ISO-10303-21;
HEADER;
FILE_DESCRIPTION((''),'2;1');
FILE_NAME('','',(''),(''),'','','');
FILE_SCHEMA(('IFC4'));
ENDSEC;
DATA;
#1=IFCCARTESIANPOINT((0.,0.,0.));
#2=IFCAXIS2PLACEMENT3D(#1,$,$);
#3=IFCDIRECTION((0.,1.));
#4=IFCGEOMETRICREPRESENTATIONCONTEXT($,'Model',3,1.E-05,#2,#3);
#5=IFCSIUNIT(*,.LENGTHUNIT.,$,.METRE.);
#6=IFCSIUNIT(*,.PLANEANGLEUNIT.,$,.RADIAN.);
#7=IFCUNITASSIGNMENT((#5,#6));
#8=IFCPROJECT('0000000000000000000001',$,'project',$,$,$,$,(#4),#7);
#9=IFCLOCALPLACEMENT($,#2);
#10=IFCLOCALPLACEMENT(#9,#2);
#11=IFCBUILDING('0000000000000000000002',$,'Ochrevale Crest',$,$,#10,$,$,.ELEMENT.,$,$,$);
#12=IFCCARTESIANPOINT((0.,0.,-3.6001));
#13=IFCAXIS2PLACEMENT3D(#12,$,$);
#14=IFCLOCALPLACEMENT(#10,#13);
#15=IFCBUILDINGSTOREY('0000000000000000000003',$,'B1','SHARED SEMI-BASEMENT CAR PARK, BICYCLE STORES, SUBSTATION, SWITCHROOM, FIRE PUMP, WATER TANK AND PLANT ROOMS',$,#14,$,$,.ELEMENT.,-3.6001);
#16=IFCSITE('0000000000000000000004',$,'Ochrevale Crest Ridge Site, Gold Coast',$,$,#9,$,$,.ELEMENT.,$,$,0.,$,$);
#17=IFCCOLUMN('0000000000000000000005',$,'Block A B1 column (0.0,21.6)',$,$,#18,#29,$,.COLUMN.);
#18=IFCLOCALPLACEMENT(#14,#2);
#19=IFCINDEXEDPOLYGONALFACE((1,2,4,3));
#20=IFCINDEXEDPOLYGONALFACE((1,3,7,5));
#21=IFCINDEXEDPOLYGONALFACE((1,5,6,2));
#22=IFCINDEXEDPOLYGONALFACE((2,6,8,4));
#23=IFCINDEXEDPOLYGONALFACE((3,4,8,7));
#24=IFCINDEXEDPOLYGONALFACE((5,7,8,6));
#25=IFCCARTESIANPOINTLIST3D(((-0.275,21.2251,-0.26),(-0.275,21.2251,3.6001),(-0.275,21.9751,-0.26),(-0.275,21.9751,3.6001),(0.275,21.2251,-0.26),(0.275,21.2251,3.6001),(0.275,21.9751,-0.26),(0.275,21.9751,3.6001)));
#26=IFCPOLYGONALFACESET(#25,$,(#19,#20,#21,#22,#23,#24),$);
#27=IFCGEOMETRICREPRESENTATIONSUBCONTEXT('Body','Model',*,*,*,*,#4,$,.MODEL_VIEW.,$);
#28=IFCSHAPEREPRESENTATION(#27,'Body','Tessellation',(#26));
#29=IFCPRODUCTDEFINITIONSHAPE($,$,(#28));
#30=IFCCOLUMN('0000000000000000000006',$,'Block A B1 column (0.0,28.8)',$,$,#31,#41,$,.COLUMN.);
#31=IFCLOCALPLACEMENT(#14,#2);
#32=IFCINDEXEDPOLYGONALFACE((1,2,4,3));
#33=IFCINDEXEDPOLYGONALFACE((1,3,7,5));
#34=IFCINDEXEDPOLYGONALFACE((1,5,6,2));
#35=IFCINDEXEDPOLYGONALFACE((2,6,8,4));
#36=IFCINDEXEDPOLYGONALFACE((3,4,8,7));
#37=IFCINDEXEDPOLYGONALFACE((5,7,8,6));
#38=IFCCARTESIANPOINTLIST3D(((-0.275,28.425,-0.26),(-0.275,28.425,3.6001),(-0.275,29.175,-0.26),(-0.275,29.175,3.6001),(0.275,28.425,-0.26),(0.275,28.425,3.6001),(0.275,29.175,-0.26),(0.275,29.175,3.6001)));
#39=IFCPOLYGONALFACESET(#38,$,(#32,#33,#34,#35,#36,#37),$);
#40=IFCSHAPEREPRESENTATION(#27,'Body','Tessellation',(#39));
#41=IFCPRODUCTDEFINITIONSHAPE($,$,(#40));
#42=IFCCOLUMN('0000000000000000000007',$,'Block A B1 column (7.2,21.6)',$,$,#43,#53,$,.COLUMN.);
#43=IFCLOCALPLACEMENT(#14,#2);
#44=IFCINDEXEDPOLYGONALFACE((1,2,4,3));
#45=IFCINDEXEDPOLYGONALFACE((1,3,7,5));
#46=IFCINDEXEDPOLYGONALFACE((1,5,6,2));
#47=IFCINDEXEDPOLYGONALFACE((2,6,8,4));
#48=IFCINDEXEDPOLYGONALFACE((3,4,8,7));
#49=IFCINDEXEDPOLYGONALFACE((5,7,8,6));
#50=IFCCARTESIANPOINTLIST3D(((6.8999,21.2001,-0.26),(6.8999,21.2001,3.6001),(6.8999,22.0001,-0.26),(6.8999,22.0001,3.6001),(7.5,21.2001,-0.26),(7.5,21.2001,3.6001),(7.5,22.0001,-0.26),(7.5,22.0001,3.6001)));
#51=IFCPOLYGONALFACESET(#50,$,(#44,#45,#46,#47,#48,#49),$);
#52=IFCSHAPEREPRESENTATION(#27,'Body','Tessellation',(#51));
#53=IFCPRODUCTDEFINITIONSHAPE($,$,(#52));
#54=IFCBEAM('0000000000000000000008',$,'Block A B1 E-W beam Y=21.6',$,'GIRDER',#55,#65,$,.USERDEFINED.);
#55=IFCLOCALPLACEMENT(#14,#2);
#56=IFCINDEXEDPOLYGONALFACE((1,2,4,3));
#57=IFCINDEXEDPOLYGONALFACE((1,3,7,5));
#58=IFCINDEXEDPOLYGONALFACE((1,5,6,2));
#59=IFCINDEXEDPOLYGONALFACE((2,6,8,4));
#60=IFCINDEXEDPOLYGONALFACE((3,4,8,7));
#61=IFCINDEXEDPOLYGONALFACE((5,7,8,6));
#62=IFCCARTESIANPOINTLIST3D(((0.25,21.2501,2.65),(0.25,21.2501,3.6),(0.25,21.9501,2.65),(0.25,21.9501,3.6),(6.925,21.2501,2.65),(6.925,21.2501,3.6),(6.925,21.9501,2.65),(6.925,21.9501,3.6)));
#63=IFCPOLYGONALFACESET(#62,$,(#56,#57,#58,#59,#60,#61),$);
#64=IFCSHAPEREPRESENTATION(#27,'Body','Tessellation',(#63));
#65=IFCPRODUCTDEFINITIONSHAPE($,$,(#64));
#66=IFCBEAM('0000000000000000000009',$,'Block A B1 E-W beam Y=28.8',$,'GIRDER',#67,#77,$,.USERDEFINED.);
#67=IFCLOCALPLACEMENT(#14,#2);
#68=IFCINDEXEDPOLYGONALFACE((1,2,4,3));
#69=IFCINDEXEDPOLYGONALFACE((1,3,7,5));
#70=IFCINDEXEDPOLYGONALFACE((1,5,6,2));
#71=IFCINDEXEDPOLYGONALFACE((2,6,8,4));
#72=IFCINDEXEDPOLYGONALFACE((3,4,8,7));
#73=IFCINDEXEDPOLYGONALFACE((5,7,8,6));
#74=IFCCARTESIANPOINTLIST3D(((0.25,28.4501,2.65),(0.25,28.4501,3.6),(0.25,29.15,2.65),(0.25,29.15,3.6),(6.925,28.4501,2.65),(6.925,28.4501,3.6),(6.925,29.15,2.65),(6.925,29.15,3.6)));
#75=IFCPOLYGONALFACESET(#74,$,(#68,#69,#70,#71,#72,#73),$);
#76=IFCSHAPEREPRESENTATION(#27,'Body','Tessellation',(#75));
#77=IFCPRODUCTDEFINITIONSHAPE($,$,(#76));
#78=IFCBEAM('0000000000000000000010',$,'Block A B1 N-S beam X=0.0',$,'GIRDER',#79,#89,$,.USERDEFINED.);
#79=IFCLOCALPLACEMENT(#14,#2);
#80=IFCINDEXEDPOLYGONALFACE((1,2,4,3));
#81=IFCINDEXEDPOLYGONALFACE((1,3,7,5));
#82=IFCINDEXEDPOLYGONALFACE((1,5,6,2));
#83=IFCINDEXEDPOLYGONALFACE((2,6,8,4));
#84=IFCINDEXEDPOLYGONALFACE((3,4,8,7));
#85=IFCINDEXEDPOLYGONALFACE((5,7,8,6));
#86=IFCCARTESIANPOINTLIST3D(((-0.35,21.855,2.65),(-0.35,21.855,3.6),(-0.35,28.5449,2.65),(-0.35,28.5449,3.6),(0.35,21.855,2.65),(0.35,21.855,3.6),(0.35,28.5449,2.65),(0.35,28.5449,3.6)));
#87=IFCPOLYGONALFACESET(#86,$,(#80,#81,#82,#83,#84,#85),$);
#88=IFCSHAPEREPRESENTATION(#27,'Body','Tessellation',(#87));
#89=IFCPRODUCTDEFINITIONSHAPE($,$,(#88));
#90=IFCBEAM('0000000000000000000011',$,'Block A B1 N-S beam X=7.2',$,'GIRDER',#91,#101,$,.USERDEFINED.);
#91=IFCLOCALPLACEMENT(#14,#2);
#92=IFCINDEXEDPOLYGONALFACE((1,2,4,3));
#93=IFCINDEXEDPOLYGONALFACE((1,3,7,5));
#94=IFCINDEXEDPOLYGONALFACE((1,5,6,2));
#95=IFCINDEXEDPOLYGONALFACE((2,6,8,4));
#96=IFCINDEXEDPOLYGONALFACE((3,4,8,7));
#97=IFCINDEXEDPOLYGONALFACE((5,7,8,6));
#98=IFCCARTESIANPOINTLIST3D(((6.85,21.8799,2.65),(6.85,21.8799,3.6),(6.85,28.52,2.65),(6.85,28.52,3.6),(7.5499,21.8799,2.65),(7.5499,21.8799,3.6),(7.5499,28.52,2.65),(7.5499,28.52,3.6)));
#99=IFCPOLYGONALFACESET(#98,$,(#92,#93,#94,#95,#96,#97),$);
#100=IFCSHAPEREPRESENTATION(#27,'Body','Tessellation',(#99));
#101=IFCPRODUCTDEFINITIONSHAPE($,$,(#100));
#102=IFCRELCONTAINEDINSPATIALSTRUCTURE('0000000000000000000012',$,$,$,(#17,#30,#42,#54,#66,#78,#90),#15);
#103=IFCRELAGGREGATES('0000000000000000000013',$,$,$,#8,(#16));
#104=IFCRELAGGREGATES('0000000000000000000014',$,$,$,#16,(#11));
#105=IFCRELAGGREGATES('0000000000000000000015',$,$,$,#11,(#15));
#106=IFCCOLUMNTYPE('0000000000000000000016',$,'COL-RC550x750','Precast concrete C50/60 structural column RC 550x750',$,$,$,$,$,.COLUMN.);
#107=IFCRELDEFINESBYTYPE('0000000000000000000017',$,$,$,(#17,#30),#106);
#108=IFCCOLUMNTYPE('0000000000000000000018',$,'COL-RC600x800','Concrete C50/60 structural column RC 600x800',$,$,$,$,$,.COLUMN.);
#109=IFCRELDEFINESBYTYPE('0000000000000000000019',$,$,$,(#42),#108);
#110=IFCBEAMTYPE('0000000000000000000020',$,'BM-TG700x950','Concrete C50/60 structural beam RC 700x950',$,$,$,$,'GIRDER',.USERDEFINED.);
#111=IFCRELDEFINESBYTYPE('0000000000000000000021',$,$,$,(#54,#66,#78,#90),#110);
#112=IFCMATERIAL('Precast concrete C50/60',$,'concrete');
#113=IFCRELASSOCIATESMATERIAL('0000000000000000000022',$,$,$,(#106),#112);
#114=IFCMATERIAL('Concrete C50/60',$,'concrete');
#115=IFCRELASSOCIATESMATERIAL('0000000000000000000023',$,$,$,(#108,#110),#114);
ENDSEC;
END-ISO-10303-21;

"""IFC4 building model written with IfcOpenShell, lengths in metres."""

from ifc_helpers import new_model, si_unit, direction, frame, origin, origin_2d, place, context, subcontext, project, spatial, rectangle, extrude, material, material_profile, profile_set, type_object, element, save


model = new_model("IFC4")

# Units and contexts
model_context = context("Model", 3, precision=1e-05, world=origin(), true_north=direction((0.0, 1.0)))
body_context = subcontext(model_context, "Body", "Model", "MODEL_VIEW")
ifc_project = project(units=[si_unit("LENGTHUNIT", "METRE"), si_unit("PLANEANGLEUNIT", "RADIAN")], contexts=[model_context])

# Site, building, storey
site_placement = place(None, origin())
site = spatial("IfcSite", under=ifc_project, at=site_placement, Name="Ochrevale Crest Ridge Site, Gold Coast", CompositionType="ELEMENT", RefElevation=0.0)
building_placement = place(site_placement, origin())
building = spatial("IfcBuilding", under=site, at=building_placement, Name="Ochrevale Crest", CompositionType="ELEMENT")
storey_placement = place(building_placement, frame((0.0, 0.0, -3.6001)))
storey = spatial("IfcBuildingStorey", under=building, at=storey_placement, Name="B1", Description="SHARED SEMI-BASEMENT CAR PARK, BICYCLE STORES, SUBSTATION, SWITCHROOM, FIRE PUMP, WATER TANK AND PLANT ROOMS", CompositionType="ELEMENT", Elevation=-3.6001)

# Columns
ifc_material_1 = material(Name="Precast concrete C50/60", Category="concrete")
ifc_material_profile_1 = material_profile(ifc_material_1, rectangle(XDim=0.55, YDim=0.75, at=origin_2d()), Name="RC 550x750")
ifc_profile_set_1 = profile_set([ifc_material_profile_1], Name="Precast concrete C50/60")
column_type_1 = type_object("IfcColumnType", Name="COL-RC550x750", Description="Precast concrete C50/60 structural column RC 550x750", PredefinedType="COLUMN", material=ifc_profile_set_1)
for number, where, z_axis, x_axis, name in (
    (1, (0.0, 21.6001, -0.26), (0.0, 0.0, 1.0), (1.0, 0.0, 0.0), "Block A B1 column (0.0,21.6)"),
    (2, (0.0, 28.8, -0.26), (0.0, 0.0, 1.0), (1.0, 0.0, 0.0), "Block A B1 column (0.0,28.8)"),
):
    element("IfcColumn", number, at=place(storey_placement, frame(where, z_axis=z_axis, x_axis=x_axis)), inside=storey, type_object=column_type_1, Name=name, PredefinedType="COLUMN", context=body_context, shape_type="SweptSolid", body=[
        extrude(rectangle(XDim=0.55, YDim=0.75, at=origin_2d()), origin(), (0.0, 0.0, 1.0), 3.8601),
    ])
ifc_material_2 = material(Name="Concrete C50/60", Category="concrete")
ifc_material_profile_2 = material_profile(ifc_material_2, rectangle(XDim=0.6001, YDim=0.8, at=origin_2d()), Name="RC 600x800")
ifc_profile_set_2 = profile_set([ifc_material_profile_2], Name="Concrete C50/60")
column_type_2 = type_object("IfcColumnType", Name="COL-RC600x800", Description="Concrete C50/60 structural column RC 600x800", PredefinedType="COLUMN", material=ifc_profile_set_2)
column_placement = place(storey_placement, frame((7.2, 21.6001, -0.26), z_axis=(0.0, 0.0, 1.0), x_axis=(1.0, 0.0, 0.0)))
element("IfcColumn", 3, at=column_placement, inside=storey, type_object=column_type_2, Name="Block A B1 column (7.2,21.6)", PredefinedType="COLUMN", context=body_context, shape_type="SweptSolid", body=[
    extrude(rectangle(XDim=0.6001, YDim=0.8, at=origin_2d()), origin(), (0.0, 0.0, 1.0), 3.8601),
])

# Beams
ifc_material_profile_3 = material_profile(ifc_material_2, rectangle(XDim=0.7, YDim=0.95, at=origin_2d()), Name="RC 700x950")
ifc_profile_set_3 = profile_set([ifc_material_profile_3], Name="Concrete C50/60")
beam_type = type_object("IfcBeamType", Name="BM-TG700x950", Description="Concrete C50/60 structural beam RC 700x950", ElementType="GIRDER", PredefinedType="USERDEFINED", material=ifc_profile_set_3)
for number, where, z_axis, x_axis, name in (
    (4, (0.25, 21.6001, 3.125), (1.0, 0.0, 0.0), (0.0, 1.0, 0.0), "Block A B1 E-W beam Y=21.6"),
    (5, (0.25, 28.8, 3.125), (1.0, 0.0, 0.0), (0.0, 1.0, 0.0), "Block A B1 E-W beam Y=28.8"),
):
    element("IfcBeam", number, at=place(storey_placement, frame(where, z_axis=z_axis, x_axis=x_axis)), inside=storey, type_object=beam_type, Name=name, ObjectType="GIRDER", PredefinedType="USERDEFINED", context=body_context, shape_type="SweptSolid", body=[
        extrude(rectangle(XDim=0.7, YDim=0.95, at=origin_2d()), origin(), (0.0, 0.0, 1.0), 6.675),
    ])
beam_1_placement = place(storey_placement, frame((0.0, 21.855, 3.125), z_axis=(0.0, 1.0, 0.0), x_axis=(-1.0, 0.0, 0.0)))
element("IfcBeam", 6, at=beam_1_placement, inside=storey, type_object=beam_type, Name="Block A B1 N-S beam X=0.0", ObjectType="GIRDER", PredefinedType="USERDEFINED", context=body_context, shape_type="SweptSolid", body=[
    extrude(rectangle(XDim=0.7, YDim=0.95, at=origin_2d()), origin(), (0.0, 0.0, 1.0), 6.6899),
])
beam_2_placement = place(storey_placement, frame((7.2, 21.8799, 3.125), z_axis=(0.0, 1.0, 0.0), x_axis=(-1.0, 0.0, 0.0)))
element("IfcBeam", 7, at=beam_2_placement, inside=storey, type_object=beam_type, Name="Block A B1 N-S beam X=7.2", ObjectType="GIRDER", PredefinedType="USERDEFINED", context=body_context, shape_type="SweptSolid", body=[
    extrude(rectangle(XDim=0.7, YDim=0.95, at=origin_2d()), origin(), (0.0, 0.0, 1.0), 6.6401),
])

save(model, "model.ifc")
